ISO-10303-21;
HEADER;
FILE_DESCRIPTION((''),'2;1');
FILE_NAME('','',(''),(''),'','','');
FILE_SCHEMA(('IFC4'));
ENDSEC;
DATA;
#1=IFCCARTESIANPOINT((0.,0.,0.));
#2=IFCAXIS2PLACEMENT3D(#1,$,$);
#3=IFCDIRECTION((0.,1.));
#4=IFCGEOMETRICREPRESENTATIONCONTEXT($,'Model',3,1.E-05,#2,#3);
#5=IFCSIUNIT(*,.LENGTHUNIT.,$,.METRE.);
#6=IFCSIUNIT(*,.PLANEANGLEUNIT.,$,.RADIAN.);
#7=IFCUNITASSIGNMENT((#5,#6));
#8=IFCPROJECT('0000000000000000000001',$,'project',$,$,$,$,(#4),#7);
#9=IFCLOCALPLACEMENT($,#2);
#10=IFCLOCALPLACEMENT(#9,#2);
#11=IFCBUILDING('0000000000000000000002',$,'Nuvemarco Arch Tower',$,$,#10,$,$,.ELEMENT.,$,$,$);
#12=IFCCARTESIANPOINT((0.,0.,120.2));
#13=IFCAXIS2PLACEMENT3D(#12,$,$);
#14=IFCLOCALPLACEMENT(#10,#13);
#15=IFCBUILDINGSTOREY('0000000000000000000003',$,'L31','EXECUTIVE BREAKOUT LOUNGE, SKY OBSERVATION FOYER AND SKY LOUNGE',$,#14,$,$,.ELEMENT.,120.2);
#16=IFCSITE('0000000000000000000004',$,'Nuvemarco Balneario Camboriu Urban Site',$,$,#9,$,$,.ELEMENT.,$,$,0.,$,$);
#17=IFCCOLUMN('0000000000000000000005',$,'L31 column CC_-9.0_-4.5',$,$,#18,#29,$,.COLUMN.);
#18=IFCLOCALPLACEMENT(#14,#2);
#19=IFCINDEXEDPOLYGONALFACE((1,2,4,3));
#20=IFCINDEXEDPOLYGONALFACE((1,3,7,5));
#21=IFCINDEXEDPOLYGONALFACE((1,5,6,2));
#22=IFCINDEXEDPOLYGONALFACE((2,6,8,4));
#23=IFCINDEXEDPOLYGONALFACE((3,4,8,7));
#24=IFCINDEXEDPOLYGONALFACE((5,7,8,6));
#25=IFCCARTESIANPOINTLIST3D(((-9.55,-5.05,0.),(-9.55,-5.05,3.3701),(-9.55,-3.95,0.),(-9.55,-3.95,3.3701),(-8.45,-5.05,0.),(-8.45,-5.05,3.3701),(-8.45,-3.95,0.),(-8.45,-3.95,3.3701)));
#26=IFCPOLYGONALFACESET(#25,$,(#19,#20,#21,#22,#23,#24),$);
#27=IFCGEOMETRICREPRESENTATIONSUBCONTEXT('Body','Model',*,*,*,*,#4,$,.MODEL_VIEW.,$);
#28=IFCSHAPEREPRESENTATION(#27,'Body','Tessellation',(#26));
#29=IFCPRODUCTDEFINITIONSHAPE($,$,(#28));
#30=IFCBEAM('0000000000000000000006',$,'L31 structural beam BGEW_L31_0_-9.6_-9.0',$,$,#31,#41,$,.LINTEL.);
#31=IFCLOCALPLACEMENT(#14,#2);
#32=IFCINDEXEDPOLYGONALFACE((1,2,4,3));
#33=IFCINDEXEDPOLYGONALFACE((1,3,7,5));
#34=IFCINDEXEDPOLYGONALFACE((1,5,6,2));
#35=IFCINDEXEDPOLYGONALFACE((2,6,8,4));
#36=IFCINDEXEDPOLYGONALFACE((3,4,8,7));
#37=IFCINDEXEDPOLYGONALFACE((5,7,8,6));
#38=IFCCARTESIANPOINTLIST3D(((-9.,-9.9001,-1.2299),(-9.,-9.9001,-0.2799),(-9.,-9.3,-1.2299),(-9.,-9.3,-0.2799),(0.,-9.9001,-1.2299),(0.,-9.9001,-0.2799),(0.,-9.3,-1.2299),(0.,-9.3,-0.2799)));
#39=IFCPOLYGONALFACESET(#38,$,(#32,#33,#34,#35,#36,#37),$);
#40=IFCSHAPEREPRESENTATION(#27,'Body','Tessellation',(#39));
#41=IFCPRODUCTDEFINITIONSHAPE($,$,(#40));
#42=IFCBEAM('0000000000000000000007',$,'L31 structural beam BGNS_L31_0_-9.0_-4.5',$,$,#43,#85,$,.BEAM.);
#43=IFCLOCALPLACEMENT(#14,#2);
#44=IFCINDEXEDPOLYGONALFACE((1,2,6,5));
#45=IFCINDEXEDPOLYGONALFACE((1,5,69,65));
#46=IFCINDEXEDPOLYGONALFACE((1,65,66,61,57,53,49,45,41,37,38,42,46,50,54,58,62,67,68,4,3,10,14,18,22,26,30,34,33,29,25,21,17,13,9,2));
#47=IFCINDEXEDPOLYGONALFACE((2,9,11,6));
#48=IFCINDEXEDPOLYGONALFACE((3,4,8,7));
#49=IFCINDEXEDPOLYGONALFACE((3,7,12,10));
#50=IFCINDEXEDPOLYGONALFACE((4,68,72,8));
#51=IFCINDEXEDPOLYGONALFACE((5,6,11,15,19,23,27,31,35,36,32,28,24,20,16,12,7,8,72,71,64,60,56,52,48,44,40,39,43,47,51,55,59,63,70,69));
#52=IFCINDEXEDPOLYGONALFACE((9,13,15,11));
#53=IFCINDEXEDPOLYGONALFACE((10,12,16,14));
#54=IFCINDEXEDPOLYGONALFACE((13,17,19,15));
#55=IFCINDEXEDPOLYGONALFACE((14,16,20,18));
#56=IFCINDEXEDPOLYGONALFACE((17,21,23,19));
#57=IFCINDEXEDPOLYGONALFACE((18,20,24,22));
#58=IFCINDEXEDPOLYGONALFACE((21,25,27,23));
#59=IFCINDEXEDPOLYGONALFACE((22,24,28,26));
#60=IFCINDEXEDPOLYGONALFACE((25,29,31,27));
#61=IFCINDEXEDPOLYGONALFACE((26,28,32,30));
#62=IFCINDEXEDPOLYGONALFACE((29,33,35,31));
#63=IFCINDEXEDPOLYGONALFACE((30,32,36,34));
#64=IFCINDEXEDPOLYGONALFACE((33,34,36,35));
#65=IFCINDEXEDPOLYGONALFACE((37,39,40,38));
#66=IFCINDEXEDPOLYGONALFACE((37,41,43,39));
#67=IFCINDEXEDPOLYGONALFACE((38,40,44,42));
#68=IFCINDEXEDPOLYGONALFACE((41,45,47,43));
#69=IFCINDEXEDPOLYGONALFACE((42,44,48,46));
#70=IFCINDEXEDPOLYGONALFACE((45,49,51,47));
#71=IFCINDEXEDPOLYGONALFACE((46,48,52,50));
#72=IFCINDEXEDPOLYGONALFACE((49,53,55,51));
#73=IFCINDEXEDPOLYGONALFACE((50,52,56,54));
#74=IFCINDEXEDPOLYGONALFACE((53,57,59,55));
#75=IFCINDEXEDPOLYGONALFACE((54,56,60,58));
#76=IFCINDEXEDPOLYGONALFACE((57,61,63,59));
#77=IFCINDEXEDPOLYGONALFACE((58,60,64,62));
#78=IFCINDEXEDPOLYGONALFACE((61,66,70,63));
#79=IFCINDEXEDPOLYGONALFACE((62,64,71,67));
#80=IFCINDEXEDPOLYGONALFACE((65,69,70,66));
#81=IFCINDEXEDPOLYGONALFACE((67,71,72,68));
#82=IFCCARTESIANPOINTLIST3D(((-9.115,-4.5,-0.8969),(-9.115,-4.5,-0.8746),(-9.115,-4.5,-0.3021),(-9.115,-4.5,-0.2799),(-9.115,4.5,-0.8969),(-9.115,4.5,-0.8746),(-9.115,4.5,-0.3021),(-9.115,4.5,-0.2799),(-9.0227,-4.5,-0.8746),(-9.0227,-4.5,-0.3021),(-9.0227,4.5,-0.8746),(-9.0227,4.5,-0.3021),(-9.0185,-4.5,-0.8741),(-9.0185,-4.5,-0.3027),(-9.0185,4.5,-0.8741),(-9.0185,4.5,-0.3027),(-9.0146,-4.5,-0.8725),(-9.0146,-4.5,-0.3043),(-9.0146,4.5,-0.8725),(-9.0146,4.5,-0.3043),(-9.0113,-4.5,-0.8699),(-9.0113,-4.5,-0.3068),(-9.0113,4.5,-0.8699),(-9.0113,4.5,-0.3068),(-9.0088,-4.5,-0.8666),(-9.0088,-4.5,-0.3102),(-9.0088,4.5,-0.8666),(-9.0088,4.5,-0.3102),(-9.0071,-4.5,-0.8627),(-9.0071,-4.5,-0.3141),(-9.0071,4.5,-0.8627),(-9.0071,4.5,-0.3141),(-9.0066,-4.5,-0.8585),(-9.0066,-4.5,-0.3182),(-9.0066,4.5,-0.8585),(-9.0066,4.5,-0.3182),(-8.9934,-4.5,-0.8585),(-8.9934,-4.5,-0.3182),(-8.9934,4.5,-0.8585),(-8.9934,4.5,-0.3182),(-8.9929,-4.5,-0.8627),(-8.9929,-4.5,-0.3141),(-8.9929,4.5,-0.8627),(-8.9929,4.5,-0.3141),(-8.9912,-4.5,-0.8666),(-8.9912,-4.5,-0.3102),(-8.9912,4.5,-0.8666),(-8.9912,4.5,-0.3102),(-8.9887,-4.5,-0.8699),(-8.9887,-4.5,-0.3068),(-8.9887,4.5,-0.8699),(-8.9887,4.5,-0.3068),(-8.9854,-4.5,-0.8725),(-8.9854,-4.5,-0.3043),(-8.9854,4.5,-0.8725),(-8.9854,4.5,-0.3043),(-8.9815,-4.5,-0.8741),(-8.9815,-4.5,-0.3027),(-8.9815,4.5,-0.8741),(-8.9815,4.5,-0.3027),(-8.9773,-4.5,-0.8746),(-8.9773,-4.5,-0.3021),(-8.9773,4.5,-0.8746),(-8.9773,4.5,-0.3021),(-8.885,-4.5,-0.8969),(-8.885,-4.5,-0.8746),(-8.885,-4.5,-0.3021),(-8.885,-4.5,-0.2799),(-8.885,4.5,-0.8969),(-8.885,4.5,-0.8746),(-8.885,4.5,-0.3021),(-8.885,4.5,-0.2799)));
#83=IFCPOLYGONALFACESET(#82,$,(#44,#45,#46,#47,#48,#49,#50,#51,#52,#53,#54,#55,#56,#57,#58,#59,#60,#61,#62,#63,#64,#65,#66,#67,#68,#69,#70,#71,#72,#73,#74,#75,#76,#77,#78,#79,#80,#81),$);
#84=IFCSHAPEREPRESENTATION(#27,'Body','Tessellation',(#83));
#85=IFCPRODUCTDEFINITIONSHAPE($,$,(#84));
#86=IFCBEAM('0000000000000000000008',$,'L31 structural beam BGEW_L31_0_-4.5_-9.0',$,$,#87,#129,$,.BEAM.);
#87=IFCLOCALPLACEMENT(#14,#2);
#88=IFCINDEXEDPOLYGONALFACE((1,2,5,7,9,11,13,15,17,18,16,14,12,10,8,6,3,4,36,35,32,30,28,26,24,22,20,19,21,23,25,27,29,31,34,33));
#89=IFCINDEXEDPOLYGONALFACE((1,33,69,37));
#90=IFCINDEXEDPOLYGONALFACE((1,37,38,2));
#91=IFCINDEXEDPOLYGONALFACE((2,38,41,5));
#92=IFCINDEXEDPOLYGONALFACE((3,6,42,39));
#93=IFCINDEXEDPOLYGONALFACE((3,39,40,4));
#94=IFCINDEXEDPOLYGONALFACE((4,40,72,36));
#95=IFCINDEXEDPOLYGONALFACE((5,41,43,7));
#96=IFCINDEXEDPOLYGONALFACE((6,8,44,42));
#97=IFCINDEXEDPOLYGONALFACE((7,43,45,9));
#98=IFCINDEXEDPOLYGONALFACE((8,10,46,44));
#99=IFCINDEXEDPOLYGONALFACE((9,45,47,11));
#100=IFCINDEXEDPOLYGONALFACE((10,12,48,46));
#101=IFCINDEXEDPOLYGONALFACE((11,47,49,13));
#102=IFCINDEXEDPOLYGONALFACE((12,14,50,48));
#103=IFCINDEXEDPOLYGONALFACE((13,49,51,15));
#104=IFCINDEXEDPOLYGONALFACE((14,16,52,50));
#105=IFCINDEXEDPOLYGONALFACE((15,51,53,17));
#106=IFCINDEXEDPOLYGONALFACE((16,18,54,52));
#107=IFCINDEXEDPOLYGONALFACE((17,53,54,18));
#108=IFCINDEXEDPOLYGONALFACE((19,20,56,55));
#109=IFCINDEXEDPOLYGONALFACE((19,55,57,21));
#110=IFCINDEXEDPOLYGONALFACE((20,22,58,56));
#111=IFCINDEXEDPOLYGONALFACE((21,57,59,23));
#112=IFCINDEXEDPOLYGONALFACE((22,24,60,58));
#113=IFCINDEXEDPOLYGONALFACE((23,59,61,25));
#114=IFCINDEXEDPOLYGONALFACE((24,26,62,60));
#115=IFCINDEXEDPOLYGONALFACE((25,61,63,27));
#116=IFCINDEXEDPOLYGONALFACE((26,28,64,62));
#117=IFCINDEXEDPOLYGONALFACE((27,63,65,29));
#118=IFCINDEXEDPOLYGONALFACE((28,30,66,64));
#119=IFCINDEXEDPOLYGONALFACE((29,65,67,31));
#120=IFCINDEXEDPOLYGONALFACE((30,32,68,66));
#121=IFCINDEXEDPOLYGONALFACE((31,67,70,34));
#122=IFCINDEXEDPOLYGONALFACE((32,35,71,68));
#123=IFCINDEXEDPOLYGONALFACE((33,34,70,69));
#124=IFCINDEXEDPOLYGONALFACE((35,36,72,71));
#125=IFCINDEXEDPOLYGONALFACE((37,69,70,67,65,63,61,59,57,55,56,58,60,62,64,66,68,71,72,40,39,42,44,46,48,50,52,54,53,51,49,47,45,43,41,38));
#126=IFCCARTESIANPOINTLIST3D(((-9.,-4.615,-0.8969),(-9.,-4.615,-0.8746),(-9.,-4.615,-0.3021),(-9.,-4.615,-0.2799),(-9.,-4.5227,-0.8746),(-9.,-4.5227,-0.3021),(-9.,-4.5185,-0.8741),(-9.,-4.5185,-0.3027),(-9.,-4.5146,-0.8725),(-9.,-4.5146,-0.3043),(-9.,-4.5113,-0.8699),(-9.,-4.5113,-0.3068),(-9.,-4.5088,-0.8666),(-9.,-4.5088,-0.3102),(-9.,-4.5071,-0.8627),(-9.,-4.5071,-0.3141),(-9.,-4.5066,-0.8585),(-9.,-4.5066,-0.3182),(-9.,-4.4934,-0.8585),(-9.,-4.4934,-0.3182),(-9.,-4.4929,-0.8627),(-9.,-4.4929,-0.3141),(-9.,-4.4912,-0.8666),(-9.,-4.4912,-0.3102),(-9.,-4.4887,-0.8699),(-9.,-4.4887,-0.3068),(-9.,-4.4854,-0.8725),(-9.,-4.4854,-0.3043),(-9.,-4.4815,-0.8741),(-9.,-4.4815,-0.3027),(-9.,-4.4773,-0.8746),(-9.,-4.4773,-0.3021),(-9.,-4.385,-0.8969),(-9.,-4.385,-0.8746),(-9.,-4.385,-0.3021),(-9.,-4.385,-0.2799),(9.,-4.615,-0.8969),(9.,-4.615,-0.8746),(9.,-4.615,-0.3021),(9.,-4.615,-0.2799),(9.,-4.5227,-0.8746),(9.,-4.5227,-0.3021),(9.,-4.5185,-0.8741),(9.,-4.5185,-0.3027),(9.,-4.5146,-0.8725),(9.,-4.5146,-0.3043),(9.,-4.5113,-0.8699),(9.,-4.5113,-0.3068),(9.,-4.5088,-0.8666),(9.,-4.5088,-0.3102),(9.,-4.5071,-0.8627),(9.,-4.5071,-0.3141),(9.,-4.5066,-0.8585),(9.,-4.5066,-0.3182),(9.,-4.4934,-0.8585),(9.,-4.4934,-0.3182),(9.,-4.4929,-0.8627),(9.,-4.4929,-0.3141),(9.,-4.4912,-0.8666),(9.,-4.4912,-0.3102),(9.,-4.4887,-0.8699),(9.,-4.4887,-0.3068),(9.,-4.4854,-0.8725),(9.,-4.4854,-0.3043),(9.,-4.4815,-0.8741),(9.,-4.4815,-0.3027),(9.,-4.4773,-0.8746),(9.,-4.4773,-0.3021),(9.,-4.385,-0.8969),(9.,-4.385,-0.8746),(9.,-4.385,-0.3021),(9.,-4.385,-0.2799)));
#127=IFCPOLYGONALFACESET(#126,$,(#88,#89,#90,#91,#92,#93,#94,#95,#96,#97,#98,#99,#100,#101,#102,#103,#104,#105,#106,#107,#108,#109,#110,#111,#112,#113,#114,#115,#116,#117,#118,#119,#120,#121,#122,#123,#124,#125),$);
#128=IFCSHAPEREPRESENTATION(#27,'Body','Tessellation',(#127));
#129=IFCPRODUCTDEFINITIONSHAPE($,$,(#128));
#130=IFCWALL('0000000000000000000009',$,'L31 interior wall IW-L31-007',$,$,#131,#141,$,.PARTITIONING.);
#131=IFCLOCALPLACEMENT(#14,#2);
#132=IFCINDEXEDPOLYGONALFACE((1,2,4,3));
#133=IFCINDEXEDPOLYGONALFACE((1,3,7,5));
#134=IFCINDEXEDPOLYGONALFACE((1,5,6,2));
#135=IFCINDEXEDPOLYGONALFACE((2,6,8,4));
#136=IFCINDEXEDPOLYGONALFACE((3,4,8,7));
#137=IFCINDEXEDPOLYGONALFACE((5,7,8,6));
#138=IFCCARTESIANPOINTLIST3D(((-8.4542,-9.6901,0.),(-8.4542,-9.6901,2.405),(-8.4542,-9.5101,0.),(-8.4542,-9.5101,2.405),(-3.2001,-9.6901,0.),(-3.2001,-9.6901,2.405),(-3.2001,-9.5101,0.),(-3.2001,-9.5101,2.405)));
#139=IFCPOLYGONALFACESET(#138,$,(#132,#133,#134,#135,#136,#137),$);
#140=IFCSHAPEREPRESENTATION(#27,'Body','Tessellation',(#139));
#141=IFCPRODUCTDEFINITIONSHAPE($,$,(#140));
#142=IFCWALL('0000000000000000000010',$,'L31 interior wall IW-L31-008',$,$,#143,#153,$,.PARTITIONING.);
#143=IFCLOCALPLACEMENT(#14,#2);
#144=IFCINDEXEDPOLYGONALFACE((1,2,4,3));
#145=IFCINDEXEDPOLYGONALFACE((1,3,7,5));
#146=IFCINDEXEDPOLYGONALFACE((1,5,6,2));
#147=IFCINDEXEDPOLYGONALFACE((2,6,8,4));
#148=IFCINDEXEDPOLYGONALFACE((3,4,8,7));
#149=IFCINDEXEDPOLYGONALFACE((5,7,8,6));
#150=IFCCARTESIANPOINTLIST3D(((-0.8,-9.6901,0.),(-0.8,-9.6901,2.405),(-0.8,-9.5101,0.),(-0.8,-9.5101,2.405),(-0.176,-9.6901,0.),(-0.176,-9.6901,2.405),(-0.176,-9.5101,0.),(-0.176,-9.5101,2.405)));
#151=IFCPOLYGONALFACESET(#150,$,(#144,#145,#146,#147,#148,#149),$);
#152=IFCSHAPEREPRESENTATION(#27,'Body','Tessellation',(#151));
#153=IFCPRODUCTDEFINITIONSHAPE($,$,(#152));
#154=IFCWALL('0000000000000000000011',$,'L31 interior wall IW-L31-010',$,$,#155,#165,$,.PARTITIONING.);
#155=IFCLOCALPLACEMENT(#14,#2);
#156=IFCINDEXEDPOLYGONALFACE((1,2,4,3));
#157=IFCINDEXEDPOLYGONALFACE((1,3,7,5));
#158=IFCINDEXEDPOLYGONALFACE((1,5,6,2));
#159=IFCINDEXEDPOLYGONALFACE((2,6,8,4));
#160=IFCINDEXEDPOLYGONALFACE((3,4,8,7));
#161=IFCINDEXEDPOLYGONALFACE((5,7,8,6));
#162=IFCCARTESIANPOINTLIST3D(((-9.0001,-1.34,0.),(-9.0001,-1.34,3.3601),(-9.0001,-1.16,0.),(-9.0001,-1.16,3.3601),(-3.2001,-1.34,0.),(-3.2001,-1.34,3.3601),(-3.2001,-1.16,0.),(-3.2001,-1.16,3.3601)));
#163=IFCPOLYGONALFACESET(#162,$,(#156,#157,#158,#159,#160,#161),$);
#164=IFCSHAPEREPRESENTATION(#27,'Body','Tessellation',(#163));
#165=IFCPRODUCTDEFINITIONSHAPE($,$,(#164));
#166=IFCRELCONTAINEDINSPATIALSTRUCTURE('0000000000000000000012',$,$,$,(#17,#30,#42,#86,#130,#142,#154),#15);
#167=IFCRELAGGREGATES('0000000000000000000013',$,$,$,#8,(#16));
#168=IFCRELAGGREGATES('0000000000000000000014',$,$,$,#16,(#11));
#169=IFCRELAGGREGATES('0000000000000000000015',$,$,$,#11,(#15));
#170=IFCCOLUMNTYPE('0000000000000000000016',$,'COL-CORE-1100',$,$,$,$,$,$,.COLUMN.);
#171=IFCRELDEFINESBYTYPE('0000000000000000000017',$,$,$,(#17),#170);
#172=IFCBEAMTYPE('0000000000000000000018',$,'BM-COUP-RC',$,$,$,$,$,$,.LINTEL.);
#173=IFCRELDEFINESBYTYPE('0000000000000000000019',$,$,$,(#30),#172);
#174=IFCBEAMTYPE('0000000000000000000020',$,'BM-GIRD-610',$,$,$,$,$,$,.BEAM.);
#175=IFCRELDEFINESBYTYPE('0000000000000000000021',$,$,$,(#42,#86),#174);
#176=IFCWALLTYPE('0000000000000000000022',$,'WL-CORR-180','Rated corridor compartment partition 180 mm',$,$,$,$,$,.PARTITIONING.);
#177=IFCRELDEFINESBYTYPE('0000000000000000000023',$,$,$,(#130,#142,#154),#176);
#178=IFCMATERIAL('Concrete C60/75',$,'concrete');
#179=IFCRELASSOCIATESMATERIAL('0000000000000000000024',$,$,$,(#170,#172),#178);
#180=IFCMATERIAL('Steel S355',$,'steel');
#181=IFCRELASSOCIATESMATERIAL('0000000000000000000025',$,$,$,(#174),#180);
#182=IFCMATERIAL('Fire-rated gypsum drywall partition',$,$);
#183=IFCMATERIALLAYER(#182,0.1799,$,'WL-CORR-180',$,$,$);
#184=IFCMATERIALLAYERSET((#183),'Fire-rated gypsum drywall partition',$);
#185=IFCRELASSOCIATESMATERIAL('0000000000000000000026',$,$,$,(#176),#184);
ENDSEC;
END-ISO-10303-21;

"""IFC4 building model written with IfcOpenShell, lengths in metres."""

from ifc_helpers import new_model, si_unit, direction, frame, frame_2d, origin, origin_2d, place, context, subcontext, project, spatial, rectangle, i_section, extrude, material, layer, layer_set, material_profile, profile_set, type_object, element, save


model = new_model("IFC4")

# Units and contexts
model_context = context("Model", 3, precision=1e-05, world=origin(), true_north=direction((0.0, 1.0)))
body_context = subcontext(model_context, "Body", "Model", "MODEL_VIEW")
ifc_project = project(units=[si_unit("LENGTHUNIT", "METRE"), si_unit("PLANEANGLEUNIT", "RADIAN")], contexts=[model_context])

# Site, building, storey
site_placement = place(None, origin())
site = spatial("IfcSite", under=ifc_project, at=site_placement, Name="Nuvemarco Balneario Camboriu Urban Site", CompositionType="ELEMENT", RefElevation=0.0)
building_placement = place(site_placement, origin())
building = spatial("IfcBuilding", under=site, at=building_placement, Name="Nuvemarco Arch Tower", CompositionType="ELEMENT")
storey_placement = place(building_placement, frame((0.0, 0.0, 120.2)))
storey = spatial("IfcBuildingStorey", under=building, at=storey_placement, Name="L31", Description="EXECUTIVE BREAKOUT LOUNGE, SKY OBSERVATION FOYER AND SKY LOUNGE", CompositionType="ELEMENT", Elevation=120.2)

# Column
ifc_material_1 = material(Name="Concrete C60/75", Category="concrete")
ifc_material_profile_1 = material_profile(ifc_material_1, rectangle(XDim=1.1001, YDim=1.1001, at=origin_2d()), Name="RC-COL-1100x1100")
ifc_profile_set_1 = profile_set([ifc_material_profile_1], Name="Concrete C60/75")
column_type = type_object("IfcColumnType", Name="COL-CORE-1100", PredefinedType="COLUMN", material=ifc_profile_set_1)
column_placement = place(storey_placement, frame((-9.0, -4.5, 0.0), z_axis=(0.0, 0.0, 1.0), x_axis=(1.0, 0.0, 0.0)))
element("IfcColumn", 1, at=column_placement, inside=storey, type_object=column_type, Name="L31 column CC_-9.0_-4.5", PredefinedType="COLUMN", context=body_context, shape_type="SweptSolid", body=[
    extrude(rectangle(XDim=1.1001, YDim=1.1001, at=origin_2d()), origin(), (0.0, 0.0, 1.0), 3.3701),
])

# Beams
ifc_material_profile_2 = material_profile(ifc_material_1, rectangle(XDim=0.6001, YDim=0.95, at=origin_2d()), Name="RC-BM-600x950")
ifc_profile_set_2 = profile_set([ifc_material_profile_2], Name="Concrete C60/75")
beam_type_1 = type_object("IfcBeamType", Name="BM-COUP-RC", PredefinedType="LINTEL", material=ifc_profile_set_2)
beam_1_placement = place(storey_placement, frame((-9.0, -9.6001, -0.7549), z_axis=(1.0, 0.0, 0.0), x_axis=(0.0, 1.0, 0.0)))
element("IfcBeam", 2, at=beam_1_placement, inside=storey, type_object=beam_type_1, Name="L31 structural beam BGEW_L31_0_-9.6_-9.0", PredefinedType="LINTEL", context=body_context, shape_type="SweptSolid", body=[
    extrude(rectangle(XDim=0.6001, YDim=0.95, at=origin_2d()), origin(), (0.0, 0.0, 1.0), 9.0),
])
ifc_material_2 = material(Name="Steel S355", Category="steel")
ifc_material_profile_3 = material_profile(ifc_material_2, i_section(OverallWidth=0.23, OverallDepth=0.6169, WebThickness=0.0132, FlangeThickness=0.0222, FilletRadius=0.0161, at=origin_2d()), Name="W610x140")
ifc_profile_set_3 = profile_set([ifc_material_profile_3], Name="Steel S355")
beam_type_2 = type_object("IfcBeamType", Name="BM-GIRD-610", PredefinedType="BEAM", material=ifc_profile_set_3)
beam_2_placement = place(storey_placement, frame((-9.0, -4.5, -0.5884), z_axis=(0.0, 1.0, 0.0), x_axis=(-1.0, 0.0, 0.0)))
element("IfcBeam", 3, at=beam_2_placement, inside=storey, type_object=beam_type_2, Name="L31 structural beam BGNS_L31_0_-9.0_-4.5", PredefinedType="BEAM", context=body_context, shape_type="SweptSolid", body=[
    extrude(i_section(OverallWidth=0.23, OverallDepth=0.6169, WebThickness=0.0132, FlangeThickness=0.0222, FilletRadius=0.0161, at=origin_2d()), origin(), (0.0, 0.0, 1.0), 9.0),
])
beam_3_placement = place(storey_placement, frame((-9.0, -4.5, -0.5884), z_axis=(1.0, 0.0, 0.0), x_axis=(0.0, 1.0, 0.0)))
element("IfcBeam", 4, at=beam_3_placement, inside=storey, type_object=beam_type_2, Name="L31 structural beam BGEW_L31_0_-4.5_-9.0", PredefinedType="BEAM", context=body_context, shape_type="SweptSolid", body=[
    extrude(i_section(OverallWidth=0.23, OverallDepth=0.6169, WebThickness=0.0132, FlangeThickness=0.0222, FilletRadius=0.0161, at=origin_2d()), origin(), (0.0, 0.0, 1.0), 18.0),
])

# Walls
ifc_material_3 = material(Name="Fire-rated gypsum drywall partition")
ifc_layer = layer(ifc_material_3, 0.1799, Name="WL-CORR-180")
ifc_layer_set = layer_set([ifc_layer], Name="Fire-rated gypsum drywall partition")
wall_type = type_object("IfcWallType", Name="WL-CORR-180", Description="Rated corridor compartment partition 180 mm", PredefinedType="PARTITIONING", material=ifc_layer_set)
wall_1_placement = place(storey_placement, frame((-8.4541, -9.6001, 0.0), z_axis=(0.0, 0.0, 1.0), x_axis=(1.0, 0.0, 0.0)))
element("IfcWall", 5, at=wall_1_placement, inside=storey, type_object=wall_type, Name="L31 interior wall IW-L31-007", PredefinedType="PARTITIONING", context=body_context, shape_type="SweptSolid", body=[
    extrude(rectangle(XDim=5.2542, YDim=0.1799, at=frame_2d((2.627, 0.0))), origin(), (0.0, 0.0, 1.0), 2.405),
])
wall_2_placement = place(storey_placement, frame((-0.8, -9.6001, 0.0), z_axis=(0.0, 0.0, 1.0), x_axis=(1.0, 0.0, 0.0)))
element("IfcWall", 6, at=wall_2_placement, inside=storey, type_object=wall_type, Name="L31 interior wall IW-L31-008", PredefinedType="PARTITIONING", context=body_context, shape_type="SweptSolid", body=[
    extrude(rectangle(XDim=0.624, YDim=0.1799, at=frame_2d((0.312, 0.0))), origin(), (0.0, 0.0, 1.0), 2.405),
])
wall_3_placement = place(storey_placement, frame((-9.0, -1.25, 0.0), z_axis=(0.0, 0.0, 1.0), x_axis=(1.0, 0.0, 0.0)))
element("IfcWall", 7, at=wall_3_placement, inside=storey, type_object=wall_type, Name="L31 interior wall IW-L31-010", PredefinedType="PARTITIONING", context=body_context, shape_type="SweptSolid", body=[
    extrude(rectangle(XDim=5.8, YDim=0.1799, at=frame_2d((2.8999, 0.0))), origin(), (0.0, 0.0, 1.0), 3.3601),
])

save(model, "model.ifc")
